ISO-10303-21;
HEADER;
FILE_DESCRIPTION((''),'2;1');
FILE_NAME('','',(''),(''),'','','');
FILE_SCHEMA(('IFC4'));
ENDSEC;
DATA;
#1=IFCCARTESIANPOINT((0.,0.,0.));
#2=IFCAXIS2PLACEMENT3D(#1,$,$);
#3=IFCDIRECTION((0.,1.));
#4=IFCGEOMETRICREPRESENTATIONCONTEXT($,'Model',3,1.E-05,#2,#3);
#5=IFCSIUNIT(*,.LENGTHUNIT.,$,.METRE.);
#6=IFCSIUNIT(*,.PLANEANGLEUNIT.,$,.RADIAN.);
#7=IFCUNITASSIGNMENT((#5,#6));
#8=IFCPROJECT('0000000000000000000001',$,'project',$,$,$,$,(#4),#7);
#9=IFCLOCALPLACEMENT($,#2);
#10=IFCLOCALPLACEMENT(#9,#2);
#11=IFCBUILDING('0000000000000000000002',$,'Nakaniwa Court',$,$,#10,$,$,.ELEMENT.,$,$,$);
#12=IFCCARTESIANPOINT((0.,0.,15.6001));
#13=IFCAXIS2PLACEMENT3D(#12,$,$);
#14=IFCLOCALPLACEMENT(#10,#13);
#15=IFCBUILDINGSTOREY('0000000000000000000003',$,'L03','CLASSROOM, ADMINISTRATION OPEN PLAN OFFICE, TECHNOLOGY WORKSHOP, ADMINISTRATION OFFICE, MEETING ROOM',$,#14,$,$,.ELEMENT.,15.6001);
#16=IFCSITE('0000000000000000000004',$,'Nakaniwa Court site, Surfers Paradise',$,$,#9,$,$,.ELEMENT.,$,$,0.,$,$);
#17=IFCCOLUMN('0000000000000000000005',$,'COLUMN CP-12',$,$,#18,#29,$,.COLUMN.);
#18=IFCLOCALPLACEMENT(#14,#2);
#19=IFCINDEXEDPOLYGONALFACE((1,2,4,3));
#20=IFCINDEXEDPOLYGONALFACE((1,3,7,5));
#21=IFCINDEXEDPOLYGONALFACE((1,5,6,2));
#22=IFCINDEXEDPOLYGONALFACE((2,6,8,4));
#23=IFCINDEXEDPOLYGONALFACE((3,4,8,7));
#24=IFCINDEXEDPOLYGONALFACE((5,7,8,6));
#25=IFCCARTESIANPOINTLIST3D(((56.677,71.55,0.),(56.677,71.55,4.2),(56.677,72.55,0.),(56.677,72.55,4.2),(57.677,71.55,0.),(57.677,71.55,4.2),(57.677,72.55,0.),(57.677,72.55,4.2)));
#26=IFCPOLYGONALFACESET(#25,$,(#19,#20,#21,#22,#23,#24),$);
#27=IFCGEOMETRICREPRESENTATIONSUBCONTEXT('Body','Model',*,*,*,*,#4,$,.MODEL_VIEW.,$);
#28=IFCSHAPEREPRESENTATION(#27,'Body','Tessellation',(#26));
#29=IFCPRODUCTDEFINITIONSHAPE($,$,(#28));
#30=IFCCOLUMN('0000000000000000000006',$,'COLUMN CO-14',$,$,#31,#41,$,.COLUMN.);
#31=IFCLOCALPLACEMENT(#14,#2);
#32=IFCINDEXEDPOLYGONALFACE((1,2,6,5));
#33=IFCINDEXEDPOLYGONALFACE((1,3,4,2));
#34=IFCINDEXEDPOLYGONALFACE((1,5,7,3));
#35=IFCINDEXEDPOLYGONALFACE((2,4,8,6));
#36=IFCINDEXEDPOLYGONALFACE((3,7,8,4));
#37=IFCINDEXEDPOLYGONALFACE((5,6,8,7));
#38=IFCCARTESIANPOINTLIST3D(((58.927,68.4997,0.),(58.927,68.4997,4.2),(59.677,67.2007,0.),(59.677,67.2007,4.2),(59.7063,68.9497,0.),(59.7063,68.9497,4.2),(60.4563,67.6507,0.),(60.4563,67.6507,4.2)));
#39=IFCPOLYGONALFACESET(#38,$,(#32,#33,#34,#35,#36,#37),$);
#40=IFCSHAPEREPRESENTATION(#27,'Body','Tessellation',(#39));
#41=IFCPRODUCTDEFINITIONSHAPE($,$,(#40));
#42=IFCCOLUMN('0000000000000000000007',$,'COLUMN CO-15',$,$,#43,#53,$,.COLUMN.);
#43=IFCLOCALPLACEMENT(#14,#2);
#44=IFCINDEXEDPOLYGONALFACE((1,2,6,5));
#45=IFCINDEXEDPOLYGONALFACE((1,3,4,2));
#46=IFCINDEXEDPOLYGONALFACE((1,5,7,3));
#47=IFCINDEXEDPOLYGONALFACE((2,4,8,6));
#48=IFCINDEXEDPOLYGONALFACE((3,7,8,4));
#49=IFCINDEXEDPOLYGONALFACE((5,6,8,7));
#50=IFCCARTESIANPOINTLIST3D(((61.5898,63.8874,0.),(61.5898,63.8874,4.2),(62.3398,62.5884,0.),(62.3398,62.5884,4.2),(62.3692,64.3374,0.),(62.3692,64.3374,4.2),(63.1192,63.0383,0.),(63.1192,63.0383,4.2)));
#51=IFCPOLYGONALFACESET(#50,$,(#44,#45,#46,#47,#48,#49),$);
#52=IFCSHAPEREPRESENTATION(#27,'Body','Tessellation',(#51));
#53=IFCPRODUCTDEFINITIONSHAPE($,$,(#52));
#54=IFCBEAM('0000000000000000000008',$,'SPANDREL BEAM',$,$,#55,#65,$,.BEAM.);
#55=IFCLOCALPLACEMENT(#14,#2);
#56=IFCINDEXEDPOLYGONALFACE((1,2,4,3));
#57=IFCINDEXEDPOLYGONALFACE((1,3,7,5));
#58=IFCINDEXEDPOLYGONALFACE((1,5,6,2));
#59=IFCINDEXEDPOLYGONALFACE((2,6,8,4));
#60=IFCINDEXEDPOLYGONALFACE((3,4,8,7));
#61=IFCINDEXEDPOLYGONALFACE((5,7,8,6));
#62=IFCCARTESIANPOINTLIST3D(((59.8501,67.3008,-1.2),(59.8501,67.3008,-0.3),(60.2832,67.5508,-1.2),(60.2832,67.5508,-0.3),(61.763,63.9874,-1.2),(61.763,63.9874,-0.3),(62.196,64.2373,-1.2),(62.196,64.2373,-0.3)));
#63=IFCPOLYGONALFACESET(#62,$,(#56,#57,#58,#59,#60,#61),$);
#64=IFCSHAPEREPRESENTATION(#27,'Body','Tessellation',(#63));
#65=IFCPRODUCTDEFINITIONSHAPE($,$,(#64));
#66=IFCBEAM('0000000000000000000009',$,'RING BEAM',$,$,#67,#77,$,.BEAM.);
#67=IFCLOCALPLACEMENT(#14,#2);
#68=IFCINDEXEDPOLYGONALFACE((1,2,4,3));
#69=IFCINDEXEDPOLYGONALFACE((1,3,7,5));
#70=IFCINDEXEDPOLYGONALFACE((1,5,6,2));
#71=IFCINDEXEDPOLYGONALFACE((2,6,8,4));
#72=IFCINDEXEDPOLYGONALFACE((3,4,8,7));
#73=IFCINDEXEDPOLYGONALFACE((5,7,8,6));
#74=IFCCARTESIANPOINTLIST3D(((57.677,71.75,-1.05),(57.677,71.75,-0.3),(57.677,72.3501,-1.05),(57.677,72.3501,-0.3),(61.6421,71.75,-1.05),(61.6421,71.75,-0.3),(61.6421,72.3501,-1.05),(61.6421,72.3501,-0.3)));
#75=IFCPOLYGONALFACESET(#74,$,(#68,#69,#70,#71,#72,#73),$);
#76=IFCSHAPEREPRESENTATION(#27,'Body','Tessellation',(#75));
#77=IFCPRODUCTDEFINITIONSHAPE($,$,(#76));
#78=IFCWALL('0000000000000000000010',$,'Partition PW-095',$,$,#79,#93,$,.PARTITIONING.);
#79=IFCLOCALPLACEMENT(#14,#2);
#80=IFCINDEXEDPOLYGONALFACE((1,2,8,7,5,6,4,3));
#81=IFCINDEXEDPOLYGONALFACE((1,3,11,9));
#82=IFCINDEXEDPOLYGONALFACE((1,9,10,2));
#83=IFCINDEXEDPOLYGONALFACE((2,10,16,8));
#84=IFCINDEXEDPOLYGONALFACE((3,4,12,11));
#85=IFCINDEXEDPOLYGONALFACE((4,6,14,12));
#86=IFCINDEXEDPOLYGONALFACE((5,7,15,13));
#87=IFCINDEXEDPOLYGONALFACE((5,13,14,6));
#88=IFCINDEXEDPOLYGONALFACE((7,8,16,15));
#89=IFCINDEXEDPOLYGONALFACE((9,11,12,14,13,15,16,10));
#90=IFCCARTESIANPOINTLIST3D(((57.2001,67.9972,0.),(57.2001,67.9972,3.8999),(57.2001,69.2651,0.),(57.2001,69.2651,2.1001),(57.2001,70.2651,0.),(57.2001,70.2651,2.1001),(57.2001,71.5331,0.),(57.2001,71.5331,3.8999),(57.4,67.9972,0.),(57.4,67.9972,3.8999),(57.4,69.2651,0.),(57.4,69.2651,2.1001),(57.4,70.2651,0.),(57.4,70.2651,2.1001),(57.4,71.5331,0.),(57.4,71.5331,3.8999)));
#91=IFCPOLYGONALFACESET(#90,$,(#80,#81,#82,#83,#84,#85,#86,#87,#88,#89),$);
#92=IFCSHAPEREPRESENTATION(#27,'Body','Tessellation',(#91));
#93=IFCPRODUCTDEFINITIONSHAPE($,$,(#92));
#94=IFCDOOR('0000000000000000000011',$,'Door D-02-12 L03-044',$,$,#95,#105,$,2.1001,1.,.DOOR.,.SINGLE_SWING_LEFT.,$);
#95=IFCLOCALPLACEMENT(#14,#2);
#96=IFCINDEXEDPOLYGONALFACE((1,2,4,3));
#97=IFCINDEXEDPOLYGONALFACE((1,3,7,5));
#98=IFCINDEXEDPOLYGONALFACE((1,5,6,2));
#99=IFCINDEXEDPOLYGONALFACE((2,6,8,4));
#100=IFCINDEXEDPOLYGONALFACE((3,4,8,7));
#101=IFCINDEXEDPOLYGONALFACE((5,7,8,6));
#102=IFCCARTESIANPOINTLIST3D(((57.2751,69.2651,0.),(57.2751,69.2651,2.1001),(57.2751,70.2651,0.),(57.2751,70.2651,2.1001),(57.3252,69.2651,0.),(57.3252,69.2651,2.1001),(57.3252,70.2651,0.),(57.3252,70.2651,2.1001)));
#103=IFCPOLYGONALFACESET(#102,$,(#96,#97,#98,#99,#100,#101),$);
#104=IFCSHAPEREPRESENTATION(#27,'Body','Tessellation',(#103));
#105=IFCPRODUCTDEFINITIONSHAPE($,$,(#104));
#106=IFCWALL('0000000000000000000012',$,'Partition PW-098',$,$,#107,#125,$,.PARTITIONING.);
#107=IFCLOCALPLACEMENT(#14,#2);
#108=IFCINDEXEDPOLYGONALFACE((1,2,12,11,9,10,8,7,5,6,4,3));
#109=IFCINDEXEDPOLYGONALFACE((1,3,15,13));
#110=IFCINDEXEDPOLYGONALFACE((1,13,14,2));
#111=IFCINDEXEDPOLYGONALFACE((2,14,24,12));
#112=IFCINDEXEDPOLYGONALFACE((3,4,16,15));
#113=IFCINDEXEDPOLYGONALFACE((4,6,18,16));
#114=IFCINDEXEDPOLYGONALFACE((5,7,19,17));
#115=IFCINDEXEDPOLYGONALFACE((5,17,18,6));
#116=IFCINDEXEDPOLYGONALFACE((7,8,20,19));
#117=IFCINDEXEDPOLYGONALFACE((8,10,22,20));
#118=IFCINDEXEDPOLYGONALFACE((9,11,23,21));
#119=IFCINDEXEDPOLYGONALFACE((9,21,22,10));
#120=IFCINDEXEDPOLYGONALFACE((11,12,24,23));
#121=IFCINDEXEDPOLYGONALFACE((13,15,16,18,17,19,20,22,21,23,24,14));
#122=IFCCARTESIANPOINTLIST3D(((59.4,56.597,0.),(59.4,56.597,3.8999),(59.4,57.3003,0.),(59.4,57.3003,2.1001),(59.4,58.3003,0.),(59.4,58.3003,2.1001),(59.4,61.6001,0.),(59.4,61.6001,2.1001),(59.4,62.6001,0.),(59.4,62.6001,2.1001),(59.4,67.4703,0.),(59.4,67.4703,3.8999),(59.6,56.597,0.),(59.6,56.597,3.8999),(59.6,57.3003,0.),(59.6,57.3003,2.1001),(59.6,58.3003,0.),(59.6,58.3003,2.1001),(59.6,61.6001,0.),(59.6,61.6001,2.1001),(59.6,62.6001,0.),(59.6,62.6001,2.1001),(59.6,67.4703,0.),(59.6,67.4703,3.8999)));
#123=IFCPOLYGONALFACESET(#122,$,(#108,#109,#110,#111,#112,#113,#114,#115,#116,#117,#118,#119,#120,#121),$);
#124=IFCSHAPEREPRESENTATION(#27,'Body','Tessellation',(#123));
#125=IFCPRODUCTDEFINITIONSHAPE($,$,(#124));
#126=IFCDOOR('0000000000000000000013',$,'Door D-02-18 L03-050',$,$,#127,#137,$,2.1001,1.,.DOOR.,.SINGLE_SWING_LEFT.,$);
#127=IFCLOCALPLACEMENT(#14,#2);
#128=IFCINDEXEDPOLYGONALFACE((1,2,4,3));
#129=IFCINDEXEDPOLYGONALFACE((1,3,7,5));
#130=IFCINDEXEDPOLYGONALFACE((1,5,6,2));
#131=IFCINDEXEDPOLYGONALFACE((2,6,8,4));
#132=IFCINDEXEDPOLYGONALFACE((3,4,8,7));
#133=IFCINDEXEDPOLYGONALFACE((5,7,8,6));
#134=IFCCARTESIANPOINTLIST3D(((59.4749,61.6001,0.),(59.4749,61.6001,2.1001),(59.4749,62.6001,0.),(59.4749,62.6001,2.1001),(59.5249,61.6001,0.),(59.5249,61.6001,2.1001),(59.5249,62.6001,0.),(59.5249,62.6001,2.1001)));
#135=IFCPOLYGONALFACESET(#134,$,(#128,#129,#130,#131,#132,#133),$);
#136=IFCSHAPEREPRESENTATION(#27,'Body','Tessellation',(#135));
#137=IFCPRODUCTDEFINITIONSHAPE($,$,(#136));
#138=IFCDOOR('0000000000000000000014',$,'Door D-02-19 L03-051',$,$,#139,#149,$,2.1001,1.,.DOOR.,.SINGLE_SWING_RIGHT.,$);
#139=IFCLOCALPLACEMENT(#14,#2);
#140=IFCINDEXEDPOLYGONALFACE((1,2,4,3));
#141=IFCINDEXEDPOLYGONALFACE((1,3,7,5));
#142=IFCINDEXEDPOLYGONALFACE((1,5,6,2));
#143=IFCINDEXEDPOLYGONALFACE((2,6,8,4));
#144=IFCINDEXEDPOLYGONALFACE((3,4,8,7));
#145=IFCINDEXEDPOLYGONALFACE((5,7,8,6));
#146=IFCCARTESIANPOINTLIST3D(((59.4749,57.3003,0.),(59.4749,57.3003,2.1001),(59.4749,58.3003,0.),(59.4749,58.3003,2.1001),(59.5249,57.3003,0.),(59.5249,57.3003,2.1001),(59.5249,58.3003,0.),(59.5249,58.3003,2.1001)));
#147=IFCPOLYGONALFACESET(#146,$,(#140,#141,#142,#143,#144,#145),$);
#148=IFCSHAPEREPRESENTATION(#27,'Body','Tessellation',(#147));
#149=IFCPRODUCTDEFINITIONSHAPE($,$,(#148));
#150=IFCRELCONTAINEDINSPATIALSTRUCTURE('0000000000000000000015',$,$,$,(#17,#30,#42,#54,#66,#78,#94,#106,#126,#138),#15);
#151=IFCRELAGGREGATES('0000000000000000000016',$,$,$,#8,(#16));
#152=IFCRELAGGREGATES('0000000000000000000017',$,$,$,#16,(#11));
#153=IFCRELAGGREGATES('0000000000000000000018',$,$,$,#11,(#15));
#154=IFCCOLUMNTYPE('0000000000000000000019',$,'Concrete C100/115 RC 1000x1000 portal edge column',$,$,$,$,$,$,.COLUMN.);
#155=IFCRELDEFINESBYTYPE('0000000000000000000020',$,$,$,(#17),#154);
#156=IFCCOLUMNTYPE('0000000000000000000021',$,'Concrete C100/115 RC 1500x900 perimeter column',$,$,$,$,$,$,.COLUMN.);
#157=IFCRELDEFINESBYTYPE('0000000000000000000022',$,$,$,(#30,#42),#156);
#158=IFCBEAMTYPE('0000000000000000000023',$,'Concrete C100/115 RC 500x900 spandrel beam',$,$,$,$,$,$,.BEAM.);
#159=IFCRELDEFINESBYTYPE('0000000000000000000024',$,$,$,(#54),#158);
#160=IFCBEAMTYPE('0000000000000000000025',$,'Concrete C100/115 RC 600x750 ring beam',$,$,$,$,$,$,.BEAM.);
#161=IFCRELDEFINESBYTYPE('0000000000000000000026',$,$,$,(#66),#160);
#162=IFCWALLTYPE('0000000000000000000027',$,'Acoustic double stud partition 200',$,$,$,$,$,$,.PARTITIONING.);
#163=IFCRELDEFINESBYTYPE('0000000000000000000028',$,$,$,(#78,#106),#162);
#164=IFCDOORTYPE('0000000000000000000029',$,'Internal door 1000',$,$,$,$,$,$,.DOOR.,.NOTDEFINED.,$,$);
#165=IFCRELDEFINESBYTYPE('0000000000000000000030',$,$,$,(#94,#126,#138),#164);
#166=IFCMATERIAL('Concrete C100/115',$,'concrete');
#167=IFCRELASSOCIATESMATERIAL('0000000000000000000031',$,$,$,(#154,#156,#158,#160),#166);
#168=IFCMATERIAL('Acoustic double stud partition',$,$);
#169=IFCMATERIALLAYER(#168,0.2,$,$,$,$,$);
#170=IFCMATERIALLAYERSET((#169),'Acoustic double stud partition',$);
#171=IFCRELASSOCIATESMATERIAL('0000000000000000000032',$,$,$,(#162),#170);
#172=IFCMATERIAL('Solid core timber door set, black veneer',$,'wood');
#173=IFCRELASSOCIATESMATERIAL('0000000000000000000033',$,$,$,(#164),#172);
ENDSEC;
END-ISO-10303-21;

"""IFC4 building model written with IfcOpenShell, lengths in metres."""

from ifc_helpers import new_model, si_unit, direction, frame, frame_2d, origin, origin_2d, place, context, subcontext, project, spatial, rectangle, extrude, material, layer, layer_set, material_profile, profile_set, type_object, element, fill, save


model = new_model("IFC4")

# Units and contexts
model_context = context("Model", 3, precision=1e-05, world=origin(), true_north=direction((0.0, 1.0)))
body_context = subcontext(model_context, "Body", "Model", "MODEL_VIEW")
ifc_project = project(units=[si_unit("LENGTHUNIT", "METRE"), si_unit("PLANEANGLEUNIT", "RADIAN")], contexts=[model_context])

# Site, building, storey
site_placement = place(None, origin())
site = spatial("IfcSite", under=ifc_project, at=site_placement, Name="Nakaniwa Court site, Surfers Paradise", CompositionType="ELEMENT", RefElevation=0.0)
building_placement = place(site_placement, origin())
building = spatial("IfcBuilding", under=site, at=building_placement, Name="Nakaniwa Court", CompositionType="ELEMENT")
storey_placement = place(building_placement, frame((0.0, 0.0, 15.6001)))
storey = spatial("IfcBuildingStorey", under=building, at=storey_placement, Name="L03", Description="CLASSROOM, ADMINISTRATION OPEN PLAN OFFICE, TECHNOLOGY WORKSHOP, ADMINISTRATION OFFICE, MEETING ROOM", CompositionType="ELEMENT", Elevation=15.6001)

# Columns
ifc_material_1 = material(Name="Concrete C100/115", Category="concrete")
ifc_material_profile_1 = material_profile(ifc_material_1, rectangle(XDim=1.0, YDim=1.0, at=origin_2d()), Name="Concrete C100/115 RC 1000x1000 portal edge column")
ifc_profile_set_1 = profile_set([ifc_material_profile_1], Name="Concrete C100/115")
column_type_1 = type_object("IfcColumnType", Name="Concrete C100/115 RC 1000x1000 portal edge column", PredefinedType="COLUMN", material=ifc_profile_set_1)
column_placement = place(storey_placement, frame((57.177, 72.05, 0.0), z_axis=(0.0, 0.0, 1.0), x_axis=(1.0, 0.0, 0.0)))
element("IfcColumn", 1, at=column_placement, inside=storey, type_object=column_type_1, Name="COLUMN CP-12", PredefinedType="COLUMN", context=body_context, shape_type="SweptSolid", body=[
    extrude(rectangle(XDim=1.0, YDim=1.0, at=origin_2d()), origin(), (0.0, 0.0, 1.0), 4.2),
])
ifc_material_profile_2 = material_profile(ifc_material_1, rectangle(XDim=1.5, YDim=0.8999, at=origin_2d()), Name="Concrete C100/115 RC 1500x900 perimeter column")
ifc_profile_set_2 = profile_set([ifc_material_profile_2], Name="Concrete C100/115")
column_type_2 = type_object("IfcColumnType", Name="Concrete C100/115 RC 1500x900 perimeter column", PredefinedType="COLUMN", material=ifc_profile_set_2)
for number, where, z_axis, x_axis, name in (
    (2, (59.6917, 68.0752, 0.0), (0.0, 0.0, 1.0), (0.5, -0.866025, 0.0), "COLUMN CO-14"),
    (3, (62.3545, 63.4629, 0.0), (0.0, 0.0, 1.0), (0.5, -0.866025, 0.0), "COLUMN CO-15"),
):
    element("IfcColumn", number, at=place(storey_placement, frame(where, z_axis=z_axis, x_axis=x_axis)), inside=storey, type_object=column_type_2, Name=name, PredefinedType="COLUMN", context=body_context, shape_type="SweptSolid", body=[
        extrude(rectangle(XDim=1.5, YDim=0.8999, at=origin_2d()), origin(), (0.0, 0.0, 1.0), 4.2),
    ])

# Beams
ifc_material_profile_3 = material_profile(ifc_material_1, rectangle(XDim=0.5, YDim=0.8999, at=origin_2d()), Name="Concrete C100/115 RC 500x900 spandrel beam")
ifc_profile_set_3 = profile_set([ifc_material_profile_3], Name="Concrete C100/115")
beam_type_1 = type_object("IfcBeamType", Name="Concrete C100/115 RC 500x900 spandrel beam", PredefinedType="BEAM", material=ifc_profile_set_3)
beam_1_placement = place(storey_placement, frame((60.0667, 67.4258, -0.75), z_axis=(0.499962, -0.866047, 0.0), x_axis=(0.866047, 0.499962, 0.0)))
element("IfcBeam", 4, at=beam_1_placement, inside=storey, type_object=beam_type_1, Name="SPANDREL BEAM", PredefinedType="BEAM", context=body_context, shape_type="SweptSolid", body=[
    extrude(rectangle(XDim=0.5, YDim=0.8999, at=origin_2d()), origin(), (0.0, 0.0, 1.0), 3.8259),
])
ifc_material_profile_4 = material_profile(ifc_material_1, rectangle(XDim=0.6001, YDim=0.75, at=origin_2d()), Name="Concrete C100/115 RC 600x750 ring beam")
ifc_profile_set_4 = profile_set([ifc_material_profile_4], Name="Concrete C100/115")
beam_type_2 = type_object("IfcBeamType", Name="Concrete C100/115 RC 600x750 ring beam", PredefinedType="BEAM", material=ifc_profile_set_4)
beam_2_placement = place(storey_placement, frame((57.677, 72.05, -0.675), z_axis=(1.0, 0.0, 0.0), x_axis=(0.0, 1.0, 0.0)))
element("IfcBeam", 5, at=beam_2_placement, inside=storey, type_object=beam_type_2, Name="RING BEAM", PredefinedType="BEAM", context=body_context, shape_type="SweptSolid", body=[
    extrude(rectangle(XDim=0.6001, YDim=0.75, at=origin_2d()), origin(), (0.0, 0.0, 1.0), 3.9651),
])

# Wall, opening, door
ifc_material_2 = material(Name="Acoustic double stud partition")
ifc_layer_1 = layer(ifc_material_2, 0.2)
ifc_layer_set_1 = layer_set([ifc_layer_1], Name="Acoustic double stud partition")
wall_type_1 = type_object("IfcWallType", Name="Acoustic double stud partition 200", PredefinedType="PARTITIONING", material=ifc_layer_set_1)
wall_1_placement = place(storey_placement, frame((57.3, 67.9971, 0.0), z_axis=(0.0, 0.0, 1.0), x_axis=(0.0, 1.0, 0.0)))
wall_1 = element("IfcWall", 6, at=wall_1_placement, inside=storey, type_object=wall_type_1, Name="Partition PW-095", PredefinedType="PARTITIONING", context=body_context, shape_type="SweptSolid", body=[
    extrude(rectangle(XDim=3.5359, YDim=0.2, at=frame_2d((1.7681, 0.0))), origin(), (0.0, 0.0, 1.0), 3.8999),
])
opening_1_placement = place(wall_1_placement, frame((1.2681, 0.0, 0.0)))
opening_1 = element("IfcOpeningElement", 7, at=opening_1_placement, cuts=wall_1, PredefinedType="OPENING", context=body_context, shape_type="SweptSolid", body=[
    extrude(rectangle(XDim=1.0, YDim=2.1001, at=frame_2d((0.5, 1.05))), frame((0.0, 0.1099, 0.0), z_axis=(0.0, -1.0, 0.0), x_axis=(1.0, 0.0, 0.0)), (0.0, 0.0, 1.0), 0.22),
])
ifc_material_3 = material(Name="Solid core timber door set, black veneer", Category="wood")
door_type_1 = type_object("IfcDoorType", Name="Internal door 1000", OperationType="NOTDEFINED", PredefinedType="DOOR", material=ifc_material_3)
door_1_placement = place(opening_1_placement, origin())
door_1 = element("IfcDoor", 8, at=door_1_placement, inside=storey, type_object=door_type_1, Name="Door D-02-12 L03-044", OperationType="SINGLE_SWING_LEFT", OverallHeight=2.1001, OverallWidth=1.0, PredefinedType="DOOR", context=body_context, shape_type="SweptSolid", body=[
    extrude(rectangle(XDim=1.0, YDim=2.1001, at=frame_2d((0.5, 1.05))), frame((0.0, 0.0249, 0.0), z_axis=(0.0, -1.0, 0.0), x_axis=(1.0, 0.0, 0.0)), (0.0, 0.0, 1.0), 0.05),
])
fill(opening_1, door_1)

# Wall, openings, doors
wall_2_placement = place(storey_placement, frame((59.5, 67.4702, 0.0), z_axis=(0.0, 0.0, 1.0), x_axis=(0.0, -1.0, 0.0)))
wall_2 = element("IfcWall", 9, at=wall_2_placement, inside=storey, type_object=wall_type_1, Name="Partition PW-098", PredefinedType="PARTITIONING", context=body_context, shape_type="SweptSolid", body=[
    extrude(rectangle(XDim=10.8733, YDim=0.2, at=frame_2d((5.4365, 0.0))), origin(), (0.0, 0.0, 1.0), 3.8999),
])
opening_2_placement = place(wall_2_placement, frame((4.8701, 0.0, 0.0)))
opening_2 = element("IfcOpeningElement", 10, at=opening_2_placement, cuts=wall_2, PredefinedType="OPENING", context=body_context, shape_type="SweptSolid", body=[
    extrude(rectangle(XDim=1.0, YDim=2.1001, at=frame_2d((0.5, 1.05))), frame((0.0, 0.1099, 0.0), z_axis=(0.0, -1.0, 0.0), x_axis=(1.0, 0.0, 0.0)), (0.0, 0.0, 1.0), 0.22),
])
opening_3_placement = place(wall_2_placement, frame((9.1699, 0.0, 0.0)))
opening_3 = element("IfcOpeningElement", 11, at=opening_3_placement, cuts=wall_2, PredefinedType="OPENING", context=body_context, shape_type="SweptSolid", body=[
    extrude(rectangle(XDim=1.0, YDim=2.1001, at=frame_2d((0.5, 1.05))), frame((0.0, 0.1099, 0.0), z_axis=(0.0, -1.0, 0.0), x_axis=(1.0, 0.0, 0.0)), (0.0, 0.0, 1.0), 0.22),
])
door_2_placement = place(opening_2_placement, origin())
door_2 = element("IfcDoor", 12, at=door_2_placement, inside=storey, type_object=door_type_1, Name="Door D-02-18 L03-050", OperationType="SINGLE_SWING_LEFT", OverallHeight=2.1001, OverallWidth=1.0, PredefinedType="DOOR", context=body_context, shape_type="SweptSolid", body=[
    extrude(rectangle(XDim=1.0, YDim=2.1001, at=frame_2d((0.5, 1.05))), frame((0.0, 0.0249, 0.0), z_axis=(0.0, -1.0, 0.0), x_axis=(1.0, 0.0, 0.0)), (0.0, 0.0, 1.0), 0.05),
])
fill(opening_2, door_2)
door_3_placement = place(opening_3_placement, origin())
door_3 = element("IfcDoor", 13, at=door_3_placement, inside=storey, type_object=door_type_1, Name="Door D-02-19 L03-051", OperationType="SINGLE_SWING_RIGHT", OverallHeight=2.1001, OverallWidth=1.0, PredefinedType="DOOR", context=body_context, shape_type="SweptSolid", body=[
    extrude(rectangle(XDim=1.0, YDim=2.1001, at=frame_2d((0.5, 1.05))), frame((0.0, 0.0249, 0.0), z_axis=(0.0, -1.0, 0.0), x_axis=(1.0, 0.0, 0.0)), (0.0, 0.0, 1.0), 0.05),
])
fill(opening_3, door_3)

save(model, "model.ifc")
